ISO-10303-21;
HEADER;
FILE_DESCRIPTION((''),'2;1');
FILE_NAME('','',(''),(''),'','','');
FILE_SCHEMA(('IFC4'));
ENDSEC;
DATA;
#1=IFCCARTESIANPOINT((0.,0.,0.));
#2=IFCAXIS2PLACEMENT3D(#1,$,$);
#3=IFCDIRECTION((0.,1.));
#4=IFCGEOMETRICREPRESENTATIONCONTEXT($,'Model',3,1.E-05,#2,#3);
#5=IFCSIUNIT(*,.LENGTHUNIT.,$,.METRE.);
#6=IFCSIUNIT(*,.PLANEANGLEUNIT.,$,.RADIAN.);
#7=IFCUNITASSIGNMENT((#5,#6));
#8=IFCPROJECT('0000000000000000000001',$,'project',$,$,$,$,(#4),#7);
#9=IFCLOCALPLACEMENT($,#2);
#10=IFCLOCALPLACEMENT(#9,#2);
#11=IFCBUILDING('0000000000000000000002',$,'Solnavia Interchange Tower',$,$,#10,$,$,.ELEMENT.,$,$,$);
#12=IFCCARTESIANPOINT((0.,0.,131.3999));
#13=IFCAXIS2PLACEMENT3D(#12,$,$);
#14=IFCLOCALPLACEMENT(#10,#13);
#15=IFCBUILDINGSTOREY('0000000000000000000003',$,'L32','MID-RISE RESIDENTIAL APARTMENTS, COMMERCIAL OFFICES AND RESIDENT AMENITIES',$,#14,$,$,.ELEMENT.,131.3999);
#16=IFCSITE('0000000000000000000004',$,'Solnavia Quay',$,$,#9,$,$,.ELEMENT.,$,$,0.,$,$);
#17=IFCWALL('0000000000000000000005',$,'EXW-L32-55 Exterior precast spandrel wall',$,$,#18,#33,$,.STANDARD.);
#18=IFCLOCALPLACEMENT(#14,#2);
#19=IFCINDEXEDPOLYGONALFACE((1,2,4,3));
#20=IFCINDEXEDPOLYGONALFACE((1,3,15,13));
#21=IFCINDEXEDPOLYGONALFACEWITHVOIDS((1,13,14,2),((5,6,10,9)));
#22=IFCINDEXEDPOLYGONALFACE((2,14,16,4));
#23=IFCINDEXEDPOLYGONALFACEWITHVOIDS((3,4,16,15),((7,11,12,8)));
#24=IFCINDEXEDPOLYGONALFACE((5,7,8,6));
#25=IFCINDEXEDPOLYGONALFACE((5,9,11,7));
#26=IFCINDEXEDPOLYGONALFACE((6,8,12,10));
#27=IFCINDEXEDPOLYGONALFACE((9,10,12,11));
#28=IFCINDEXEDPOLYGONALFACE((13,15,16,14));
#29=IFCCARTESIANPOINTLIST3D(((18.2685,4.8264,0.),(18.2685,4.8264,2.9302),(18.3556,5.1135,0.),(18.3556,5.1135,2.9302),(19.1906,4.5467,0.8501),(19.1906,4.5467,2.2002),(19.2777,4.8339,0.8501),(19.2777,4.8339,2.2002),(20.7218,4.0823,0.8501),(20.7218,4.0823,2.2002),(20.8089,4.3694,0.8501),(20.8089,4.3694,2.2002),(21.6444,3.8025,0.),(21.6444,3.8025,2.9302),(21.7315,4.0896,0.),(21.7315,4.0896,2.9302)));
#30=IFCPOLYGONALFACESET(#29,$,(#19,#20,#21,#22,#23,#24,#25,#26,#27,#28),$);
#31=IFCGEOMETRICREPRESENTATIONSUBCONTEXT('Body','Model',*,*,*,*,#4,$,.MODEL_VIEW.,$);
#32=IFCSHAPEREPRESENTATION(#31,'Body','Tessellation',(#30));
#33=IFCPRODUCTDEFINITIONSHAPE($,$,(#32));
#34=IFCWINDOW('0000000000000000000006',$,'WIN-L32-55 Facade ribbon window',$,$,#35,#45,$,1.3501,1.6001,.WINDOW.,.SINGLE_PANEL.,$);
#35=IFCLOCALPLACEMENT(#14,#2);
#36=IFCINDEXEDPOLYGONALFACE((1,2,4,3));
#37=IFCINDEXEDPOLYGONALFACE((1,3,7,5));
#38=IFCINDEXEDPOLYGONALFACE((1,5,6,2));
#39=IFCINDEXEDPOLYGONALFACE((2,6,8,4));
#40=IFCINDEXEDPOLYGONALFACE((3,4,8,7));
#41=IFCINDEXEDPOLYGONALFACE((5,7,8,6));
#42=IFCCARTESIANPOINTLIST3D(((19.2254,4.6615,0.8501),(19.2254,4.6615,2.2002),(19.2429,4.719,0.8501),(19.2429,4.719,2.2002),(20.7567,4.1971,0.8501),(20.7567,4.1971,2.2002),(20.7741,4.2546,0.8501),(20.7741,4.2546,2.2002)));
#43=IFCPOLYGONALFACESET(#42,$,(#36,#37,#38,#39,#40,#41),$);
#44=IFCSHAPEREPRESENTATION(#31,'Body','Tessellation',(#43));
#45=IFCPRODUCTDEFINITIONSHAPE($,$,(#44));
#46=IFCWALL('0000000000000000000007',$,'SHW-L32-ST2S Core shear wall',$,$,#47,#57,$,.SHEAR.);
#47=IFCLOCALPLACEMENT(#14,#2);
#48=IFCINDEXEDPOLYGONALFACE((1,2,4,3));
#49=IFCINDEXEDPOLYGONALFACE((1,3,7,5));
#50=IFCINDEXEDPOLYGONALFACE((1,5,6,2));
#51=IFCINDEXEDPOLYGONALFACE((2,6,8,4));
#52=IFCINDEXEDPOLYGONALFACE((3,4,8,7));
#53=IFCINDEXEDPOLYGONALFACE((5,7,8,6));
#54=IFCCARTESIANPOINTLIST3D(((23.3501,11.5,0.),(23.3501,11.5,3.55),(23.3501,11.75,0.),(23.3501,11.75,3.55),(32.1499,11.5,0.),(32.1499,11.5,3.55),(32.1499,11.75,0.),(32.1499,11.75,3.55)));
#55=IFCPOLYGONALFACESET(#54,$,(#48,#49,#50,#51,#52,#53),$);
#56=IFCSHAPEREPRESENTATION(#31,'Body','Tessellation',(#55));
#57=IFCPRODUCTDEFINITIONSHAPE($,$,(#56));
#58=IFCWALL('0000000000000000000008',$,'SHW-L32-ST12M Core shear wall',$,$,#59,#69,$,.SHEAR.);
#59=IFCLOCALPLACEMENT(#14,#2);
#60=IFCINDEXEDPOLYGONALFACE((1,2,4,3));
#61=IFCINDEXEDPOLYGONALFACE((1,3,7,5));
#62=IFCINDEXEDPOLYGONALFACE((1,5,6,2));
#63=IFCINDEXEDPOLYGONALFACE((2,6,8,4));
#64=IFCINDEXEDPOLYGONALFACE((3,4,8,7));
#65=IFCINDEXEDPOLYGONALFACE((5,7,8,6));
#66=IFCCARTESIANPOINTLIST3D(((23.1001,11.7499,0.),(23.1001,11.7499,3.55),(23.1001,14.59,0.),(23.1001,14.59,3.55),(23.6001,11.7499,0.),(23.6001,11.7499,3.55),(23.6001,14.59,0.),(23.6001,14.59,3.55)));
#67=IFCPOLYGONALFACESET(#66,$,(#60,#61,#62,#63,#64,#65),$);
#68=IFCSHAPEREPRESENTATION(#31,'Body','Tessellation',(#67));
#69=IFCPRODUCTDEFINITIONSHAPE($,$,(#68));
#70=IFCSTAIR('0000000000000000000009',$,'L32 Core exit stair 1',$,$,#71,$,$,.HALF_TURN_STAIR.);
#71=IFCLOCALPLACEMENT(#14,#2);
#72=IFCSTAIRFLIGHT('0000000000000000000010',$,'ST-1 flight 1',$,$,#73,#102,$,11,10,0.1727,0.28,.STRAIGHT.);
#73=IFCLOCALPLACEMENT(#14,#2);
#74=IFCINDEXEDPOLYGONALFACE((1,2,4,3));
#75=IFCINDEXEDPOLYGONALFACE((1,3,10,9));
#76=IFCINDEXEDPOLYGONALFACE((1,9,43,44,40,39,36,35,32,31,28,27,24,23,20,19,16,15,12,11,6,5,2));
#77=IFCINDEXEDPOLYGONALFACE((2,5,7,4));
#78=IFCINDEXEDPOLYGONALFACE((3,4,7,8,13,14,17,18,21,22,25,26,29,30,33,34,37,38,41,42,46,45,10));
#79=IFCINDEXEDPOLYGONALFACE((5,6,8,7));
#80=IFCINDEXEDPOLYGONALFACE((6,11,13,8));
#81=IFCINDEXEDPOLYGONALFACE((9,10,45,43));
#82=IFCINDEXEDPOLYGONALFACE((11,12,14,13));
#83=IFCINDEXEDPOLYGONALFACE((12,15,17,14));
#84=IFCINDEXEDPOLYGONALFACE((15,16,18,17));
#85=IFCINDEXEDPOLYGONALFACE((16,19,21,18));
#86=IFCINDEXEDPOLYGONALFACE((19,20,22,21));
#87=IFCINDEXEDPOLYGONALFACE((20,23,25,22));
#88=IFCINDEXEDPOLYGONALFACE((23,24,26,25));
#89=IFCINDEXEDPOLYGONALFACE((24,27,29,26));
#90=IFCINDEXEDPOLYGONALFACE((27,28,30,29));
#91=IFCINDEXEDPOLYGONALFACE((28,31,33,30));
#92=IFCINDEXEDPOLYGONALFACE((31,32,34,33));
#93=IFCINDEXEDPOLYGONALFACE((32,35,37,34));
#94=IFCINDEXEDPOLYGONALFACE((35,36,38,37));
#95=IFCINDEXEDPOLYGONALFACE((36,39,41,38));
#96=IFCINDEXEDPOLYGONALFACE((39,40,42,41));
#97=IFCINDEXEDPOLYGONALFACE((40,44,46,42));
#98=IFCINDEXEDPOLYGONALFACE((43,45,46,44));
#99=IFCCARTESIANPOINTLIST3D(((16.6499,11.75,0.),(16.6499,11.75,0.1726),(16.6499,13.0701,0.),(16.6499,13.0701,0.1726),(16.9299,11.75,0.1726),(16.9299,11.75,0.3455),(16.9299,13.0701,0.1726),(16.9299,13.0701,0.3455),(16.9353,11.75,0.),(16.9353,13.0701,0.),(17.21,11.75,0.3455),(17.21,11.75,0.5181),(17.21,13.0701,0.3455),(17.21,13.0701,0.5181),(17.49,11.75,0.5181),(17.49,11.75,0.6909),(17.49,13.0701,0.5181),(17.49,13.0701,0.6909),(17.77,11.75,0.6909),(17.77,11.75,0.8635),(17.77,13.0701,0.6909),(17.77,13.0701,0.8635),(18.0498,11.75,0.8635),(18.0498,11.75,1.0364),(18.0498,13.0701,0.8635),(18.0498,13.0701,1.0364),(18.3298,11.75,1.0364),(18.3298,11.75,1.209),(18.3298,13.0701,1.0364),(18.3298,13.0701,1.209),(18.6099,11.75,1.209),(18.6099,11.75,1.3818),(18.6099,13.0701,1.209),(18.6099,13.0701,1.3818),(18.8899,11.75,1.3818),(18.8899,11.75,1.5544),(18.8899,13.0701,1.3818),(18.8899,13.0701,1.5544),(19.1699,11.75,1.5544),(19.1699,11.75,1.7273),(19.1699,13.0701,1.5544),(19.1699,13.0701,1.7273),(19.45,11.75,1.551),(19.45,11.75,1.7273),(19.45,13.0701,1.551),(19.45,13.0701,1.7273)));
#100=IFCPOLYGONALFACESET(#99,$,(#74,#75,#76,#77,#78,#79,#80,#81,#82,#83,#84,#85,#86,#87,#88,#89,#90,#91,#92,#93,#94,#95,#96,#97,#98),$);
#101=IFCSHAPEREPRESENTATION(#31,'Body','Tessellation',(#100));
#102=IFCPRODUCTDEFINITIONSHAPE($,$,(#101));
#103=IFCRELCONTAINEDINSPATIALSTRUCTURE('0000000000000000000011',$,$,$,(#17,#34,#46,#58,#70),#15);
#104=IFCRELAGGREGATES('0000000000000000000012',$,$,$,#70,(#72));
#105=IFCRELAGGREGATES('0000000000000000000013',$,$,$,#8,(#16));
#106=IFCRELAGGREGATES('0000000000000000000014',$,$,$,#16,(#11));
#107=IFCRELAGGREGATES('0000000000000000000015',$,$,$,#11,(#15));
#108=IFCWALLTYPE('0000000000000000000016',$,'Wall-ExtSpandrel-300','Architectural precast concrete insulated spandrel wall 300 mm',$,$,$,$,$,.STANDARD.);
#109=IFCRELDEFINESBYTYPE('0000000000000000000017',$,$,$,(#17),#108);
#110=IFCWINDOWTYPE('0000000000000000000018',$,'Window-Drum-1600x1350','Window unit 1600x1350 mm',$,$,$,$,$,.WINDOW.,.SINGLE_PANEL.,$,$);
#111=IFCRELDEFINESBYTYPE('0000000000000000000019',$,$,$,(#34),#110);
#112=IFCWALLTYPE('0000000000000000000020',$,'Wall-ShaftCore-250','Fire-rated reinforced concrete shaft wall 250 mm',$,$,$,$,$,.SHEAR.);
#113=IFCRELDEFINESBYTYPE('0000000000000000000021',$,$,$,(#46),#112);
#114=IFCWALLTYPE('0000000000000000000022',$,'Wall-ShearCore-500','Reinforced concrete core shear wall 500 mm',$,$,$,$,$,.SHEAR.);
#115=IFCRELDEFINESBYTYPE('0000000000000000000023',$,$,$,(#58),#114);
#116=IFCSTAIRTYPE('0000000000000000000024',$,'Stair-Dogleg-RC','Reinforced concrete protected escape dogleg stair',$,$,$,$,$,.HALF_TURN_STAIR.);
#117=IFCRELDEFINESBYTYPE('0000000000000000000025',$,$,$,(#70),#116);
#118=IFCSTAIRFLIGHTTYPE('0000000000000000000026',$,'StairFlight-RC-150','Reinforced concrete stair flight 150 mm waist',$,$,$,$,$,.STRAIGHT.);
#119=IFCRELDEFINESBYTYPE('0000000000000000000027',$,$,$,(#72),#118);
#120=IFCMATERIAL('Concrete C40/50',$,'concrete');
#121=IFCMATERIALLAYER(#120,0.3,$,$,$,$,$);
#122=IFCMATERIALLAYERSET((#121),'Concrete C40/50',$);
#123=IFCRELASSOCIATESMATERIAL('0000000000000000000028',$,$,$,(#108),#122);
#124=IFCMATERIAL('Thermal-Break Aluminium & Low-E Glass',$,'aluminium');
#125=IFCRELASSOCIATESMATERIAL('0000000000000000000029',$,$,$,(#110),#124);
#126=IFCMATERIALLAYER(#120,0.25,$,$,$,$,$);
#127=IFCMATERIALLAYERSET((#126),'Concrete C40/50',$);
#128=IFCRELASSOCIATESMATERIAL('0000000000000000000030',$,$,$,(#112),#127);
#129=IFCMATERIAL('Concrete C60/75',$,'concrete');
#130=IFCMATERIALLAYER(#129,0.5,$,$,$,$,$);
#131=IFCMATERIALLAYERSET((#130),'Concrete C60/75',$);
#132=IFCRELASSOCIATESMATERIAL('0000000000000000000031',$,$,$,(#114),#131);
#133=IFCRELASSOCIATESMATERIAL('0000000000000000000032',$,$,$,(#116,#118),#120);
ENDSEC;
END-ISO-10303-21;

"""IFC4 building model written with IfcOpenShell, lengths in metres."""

from ifc_helpers import new_model, si_unit, direction, frame, frame_2d, origin, place, context, subcontext, project, spatial, polyline, rectangle, outline, extrude, material, layer, layer_set, type_object, element, fill, aggregate, save


model = new_model("IFC4")

# Units and contexts
model_context = context("Model", 3, precision=1e-05, world=origin(), true_north=direction((0.0, 1.0)))
body_context = subcontext(model_context, "Body", "Model", "MODEL_VIEW")
ifc_project = project(units=[si_unit("LENGTHUNIT", "METRE"), si_unit("PLANEANGLEUNIT", "RADIAN")], contexts=[model_context])

# Site, building, storey
site_placement = place(None, origin())
site = spatial("IfcSite", under=ifc_project, at=site_placement, Name="Solnavia Quay", CompositionType="ELEMENT", RefElevation=0.0)
building_placement = place(site_placement, origin())
building = spatial("IfcBuilding", under=site, at=building_placement, Name="Solnavia Interchange Tower", CompositionType="ELEMENT")
storey_placement = place(building_placement, frame((0.0, 0.0, 131.3999)))
storey = spatial("IfcBuildingStorey", under=building, at=storey_placement, Name="L32", Description="MID-RISE RESIDENTIAL APARTMENTS, COMMERCIAL OFFICES AND RESIDENT AMENITIES", CompositionType="ELEMENT", Elevation=131.3999)

# Wall, opening, window
ifc_material_1 = material(Name="Concrete C40/50", Category="concrete")
ifc_layer_1 = layer(ifc_material_1, 0.3)
ifc_layer_set_1 = layer_set([ifc_layer_1], Name="Concrete C40/50")
wall_type_1 = type_object("IfcWallType", Name="Wall-ExtSpandrel-300", Description="Architectural precast concrete insulated spandrel wall 300 mm", PredefinedType="STANDARD", material=ifc_layer_set_1)
ifc_material_2 = material(Name="Thermal-Break Aluminium & Low-E Glass", Category="aluminium")
window_type = type_object("IfcWindowType", Name="Window-Drum-1600x1350", Description="Window unit 1600x1350 mm", PartitioningType="SINGLE_PANEL", PredefinedType="WINDOW", material=ifc_material_2)
wall_1_placement = place(storey_placement, frame((21.688, 3.946, 0.0), z_axis=(0.0, 0.0, 1.0), x_axis=(-0.956953, 0.290242, 0.0)))
wall_1 = element("IfcWall", 1, at=wall_1_placement, inside=storey, type_object=wall_type_1, Name="EXW-L32-55 Exterior precast spandrel wall", PredefinedType="STANDARD", context=body_context, shape_type="SweptSolid", body=[
    extrude(rectangle(XDim=3.5278, YDim=0.3, at=frame_2d((1.7639, 0.0))), origin(), (0.0, 0.0, 1.0), 2.9302),
])
opening_1_placement = place(wall_1_placement, frame((0.9641, 0.0, 0.8501)))
opening_1 = element("IfcOpeningElement", 2, at=opening_1_placement, cuts=wall_1, PredefinedType="OPENING", context=body_context, shape_type="SweptSolid", body=[
    extrude(rectangle(XDim=1.6001, YDim=1.3501, at=frame_2d((0.8, 0.675))), frame((0.0, 0.1602, 0.0), z_axis=(0.0, -1.0, 0.0), x_axis=(1.0, 0.0, 0.0)), (0.0, 0.0, 1.0), 0.3201),
])
window_1_placement = place(opening_1_placement, origin())
window_1 = element("IfcWindow", 3, at=window_1_placement, inside=storey, type_object=window_type, Name="WIN-L32-55 Facade ribbon window", OverallHeight=1.3501, OverallWidth=1.6001, PartitioningType="SINGLE_PANEL", PredefinedType="WINDOW", context=body_context, shape_type="SweptSolid", body=[
    extrude(rectangle(XDim=1.6001, YDim=1.3501, at=frame_2d((0.8, 0.675))), frame((0.0, 0.03, 0.0), z_axis=(0.0, -1.0, 0.0), x_axis=(1.0, 0.0, 0.0)), (0.0, 0.0, 1.0), 0.0601),
])
fill(opening_1, window_1)

# Walls
ifc_layer_2 = layer(ifc_material_1, 0.25)
ifc_layer_set_2 = layer_set([ifc_layer_2], Name="Concrete C40/50")
wall_type_2 = type_object("IfcWallType", Name="Wall-ShaftCore-250", Description="Fire-rated reinforced concrete shaft wall 250 mm", PredefinedType="SHEAR", material=ifc_layer_set_2)
wall_2_placement = place(storey_placement, frame((23.3501, 11.625, 0.0), z_axis=(0.0, 0.0, 1.0), x_axis=(1.0, 0.0, 0.0)))
element("IfcWall", 4, at=wall_2_placement, inside=storey, type_object=wall_type_2, Name="SHW-L32-ST2S Core shear wall", PredefinedType="SHEAR", context=body_context, shape_type="SweptSolid", body=[
    extrude(rectangle(XDim=8.7998, YDim=0.25, at=frame_2d((4.3999, 0.0))), origin(), (0.0, 0.0, 1.0), 3.55),
])
ifc_material_3 = material(Name="Concrete C60/75", Category="concrete")
ifc_layer_3 = layer(ifc_material_3, 0.5)
ifc_layer_set_3 = layer_set([ifc_layer_3], Name="Concrete C60/75")
wall_type_3 = type_object("IfcWallType", Name="Wall-ShearCore-500", Description="Reinforced concrete core shear wall 500 mm", PredefinedType="SHEAR", material=ifc_layer_set_3)
wall_3_placement = place(storey_placement, frame((23.3501, 11.75, 0.0), z_axis=(0.0, 0.0, 1.0), x_axis=(0.0, 1.0, 0.0)))
element("IfcWall", 5, at=wall_3_placement, inside=storey, type_object=wall_type_3, Name="SHW-L32-ST12M Core shear wall", PredefinedType="SHEAR", context=body_context, shape_type="SweptSolid", body=[
    extrude(rectangle(XDim=2.8401, YDim=0.5, at=frame_2d((1.4199, 0.0))), origin(), (0.0, 0.0, 1.0), 3.55),
])

# Stair, stair flight
stair_type = type_object("IfcStairType", Name="Stair-Dogleg-RC", Description="Reinforced concrete protected escape dogleg stair", PredefinedType="HALF_TURN_STAIR", material=ifc_material_1)
stair_placement = place(storey_placement, origin())
stair = element("IfcStair", 6, at=stair_placement, inside=storey, type_object=stair_type, Name="L32 Core exit stair 1", PredefinedType="HALF_TURN_STAIR")
stair_flight_type = type_object("IfcStairFlightType", Name="StairFlight-RC-150", Description="Reinforced concrete stair flight 150 mm waist", PredefinedType="STRAIGHT", material=ifc_material_1)
stair_flight_placement = place(storey_placement, frame((16.6499, 12.4099, 0.0), z_axis=(0.0, 0.0, 1.0), x_axis=(1.0, 0.0, 0.0)))
stair_flight = element("IfcStairFlight", 7, at=stair_flight_placement, type_object=stair_flight_type, Name="ST-1 flight 1", NumberOfRisers=11, NumberOfTreads=10, PredefinedType="STRAIGHT", RiserHeight=0.1727, TreadLength=0.28, context=body_context, shape_type="SweptSolid", body=[
    extrude(outline(polyline([(0.0, 0.0), (0.0, 0.1726), (0.28, 0.1726), (0.28, 0.3455), (0.5601, 0.3455), (0.5601, 0.5181), (0.8401, 0.5181), (0.8401, 0.6909), (1.1201, 0.6909), (1.1201, 0.8635), (1.3999, 0.8635), (1.3999, 1.0364), (1.6799, 1.0364), (1.6799, 1.209), (1.96, 1.209), (1.96, 1.3818), (2.24, 1.3818), (2.24, 1.5544), (2.52, 1.5544), (2.52, 1.7273), (2.8, 1.7273), (2.8, 1.8999), (2.8, 1.551), (0.2854, 0.0), (0.0, 0.0)])), frame((0.0, 0.6602, 0.0), z_axis=(0.0, -1.0, 0.0), x_axis=(1.0, 0.0, 0.0)), (0.0, 0.0, 1.0), 1.3201),
])
aggregate(stair, [stair_flight])

save(model, "model.ifc")
